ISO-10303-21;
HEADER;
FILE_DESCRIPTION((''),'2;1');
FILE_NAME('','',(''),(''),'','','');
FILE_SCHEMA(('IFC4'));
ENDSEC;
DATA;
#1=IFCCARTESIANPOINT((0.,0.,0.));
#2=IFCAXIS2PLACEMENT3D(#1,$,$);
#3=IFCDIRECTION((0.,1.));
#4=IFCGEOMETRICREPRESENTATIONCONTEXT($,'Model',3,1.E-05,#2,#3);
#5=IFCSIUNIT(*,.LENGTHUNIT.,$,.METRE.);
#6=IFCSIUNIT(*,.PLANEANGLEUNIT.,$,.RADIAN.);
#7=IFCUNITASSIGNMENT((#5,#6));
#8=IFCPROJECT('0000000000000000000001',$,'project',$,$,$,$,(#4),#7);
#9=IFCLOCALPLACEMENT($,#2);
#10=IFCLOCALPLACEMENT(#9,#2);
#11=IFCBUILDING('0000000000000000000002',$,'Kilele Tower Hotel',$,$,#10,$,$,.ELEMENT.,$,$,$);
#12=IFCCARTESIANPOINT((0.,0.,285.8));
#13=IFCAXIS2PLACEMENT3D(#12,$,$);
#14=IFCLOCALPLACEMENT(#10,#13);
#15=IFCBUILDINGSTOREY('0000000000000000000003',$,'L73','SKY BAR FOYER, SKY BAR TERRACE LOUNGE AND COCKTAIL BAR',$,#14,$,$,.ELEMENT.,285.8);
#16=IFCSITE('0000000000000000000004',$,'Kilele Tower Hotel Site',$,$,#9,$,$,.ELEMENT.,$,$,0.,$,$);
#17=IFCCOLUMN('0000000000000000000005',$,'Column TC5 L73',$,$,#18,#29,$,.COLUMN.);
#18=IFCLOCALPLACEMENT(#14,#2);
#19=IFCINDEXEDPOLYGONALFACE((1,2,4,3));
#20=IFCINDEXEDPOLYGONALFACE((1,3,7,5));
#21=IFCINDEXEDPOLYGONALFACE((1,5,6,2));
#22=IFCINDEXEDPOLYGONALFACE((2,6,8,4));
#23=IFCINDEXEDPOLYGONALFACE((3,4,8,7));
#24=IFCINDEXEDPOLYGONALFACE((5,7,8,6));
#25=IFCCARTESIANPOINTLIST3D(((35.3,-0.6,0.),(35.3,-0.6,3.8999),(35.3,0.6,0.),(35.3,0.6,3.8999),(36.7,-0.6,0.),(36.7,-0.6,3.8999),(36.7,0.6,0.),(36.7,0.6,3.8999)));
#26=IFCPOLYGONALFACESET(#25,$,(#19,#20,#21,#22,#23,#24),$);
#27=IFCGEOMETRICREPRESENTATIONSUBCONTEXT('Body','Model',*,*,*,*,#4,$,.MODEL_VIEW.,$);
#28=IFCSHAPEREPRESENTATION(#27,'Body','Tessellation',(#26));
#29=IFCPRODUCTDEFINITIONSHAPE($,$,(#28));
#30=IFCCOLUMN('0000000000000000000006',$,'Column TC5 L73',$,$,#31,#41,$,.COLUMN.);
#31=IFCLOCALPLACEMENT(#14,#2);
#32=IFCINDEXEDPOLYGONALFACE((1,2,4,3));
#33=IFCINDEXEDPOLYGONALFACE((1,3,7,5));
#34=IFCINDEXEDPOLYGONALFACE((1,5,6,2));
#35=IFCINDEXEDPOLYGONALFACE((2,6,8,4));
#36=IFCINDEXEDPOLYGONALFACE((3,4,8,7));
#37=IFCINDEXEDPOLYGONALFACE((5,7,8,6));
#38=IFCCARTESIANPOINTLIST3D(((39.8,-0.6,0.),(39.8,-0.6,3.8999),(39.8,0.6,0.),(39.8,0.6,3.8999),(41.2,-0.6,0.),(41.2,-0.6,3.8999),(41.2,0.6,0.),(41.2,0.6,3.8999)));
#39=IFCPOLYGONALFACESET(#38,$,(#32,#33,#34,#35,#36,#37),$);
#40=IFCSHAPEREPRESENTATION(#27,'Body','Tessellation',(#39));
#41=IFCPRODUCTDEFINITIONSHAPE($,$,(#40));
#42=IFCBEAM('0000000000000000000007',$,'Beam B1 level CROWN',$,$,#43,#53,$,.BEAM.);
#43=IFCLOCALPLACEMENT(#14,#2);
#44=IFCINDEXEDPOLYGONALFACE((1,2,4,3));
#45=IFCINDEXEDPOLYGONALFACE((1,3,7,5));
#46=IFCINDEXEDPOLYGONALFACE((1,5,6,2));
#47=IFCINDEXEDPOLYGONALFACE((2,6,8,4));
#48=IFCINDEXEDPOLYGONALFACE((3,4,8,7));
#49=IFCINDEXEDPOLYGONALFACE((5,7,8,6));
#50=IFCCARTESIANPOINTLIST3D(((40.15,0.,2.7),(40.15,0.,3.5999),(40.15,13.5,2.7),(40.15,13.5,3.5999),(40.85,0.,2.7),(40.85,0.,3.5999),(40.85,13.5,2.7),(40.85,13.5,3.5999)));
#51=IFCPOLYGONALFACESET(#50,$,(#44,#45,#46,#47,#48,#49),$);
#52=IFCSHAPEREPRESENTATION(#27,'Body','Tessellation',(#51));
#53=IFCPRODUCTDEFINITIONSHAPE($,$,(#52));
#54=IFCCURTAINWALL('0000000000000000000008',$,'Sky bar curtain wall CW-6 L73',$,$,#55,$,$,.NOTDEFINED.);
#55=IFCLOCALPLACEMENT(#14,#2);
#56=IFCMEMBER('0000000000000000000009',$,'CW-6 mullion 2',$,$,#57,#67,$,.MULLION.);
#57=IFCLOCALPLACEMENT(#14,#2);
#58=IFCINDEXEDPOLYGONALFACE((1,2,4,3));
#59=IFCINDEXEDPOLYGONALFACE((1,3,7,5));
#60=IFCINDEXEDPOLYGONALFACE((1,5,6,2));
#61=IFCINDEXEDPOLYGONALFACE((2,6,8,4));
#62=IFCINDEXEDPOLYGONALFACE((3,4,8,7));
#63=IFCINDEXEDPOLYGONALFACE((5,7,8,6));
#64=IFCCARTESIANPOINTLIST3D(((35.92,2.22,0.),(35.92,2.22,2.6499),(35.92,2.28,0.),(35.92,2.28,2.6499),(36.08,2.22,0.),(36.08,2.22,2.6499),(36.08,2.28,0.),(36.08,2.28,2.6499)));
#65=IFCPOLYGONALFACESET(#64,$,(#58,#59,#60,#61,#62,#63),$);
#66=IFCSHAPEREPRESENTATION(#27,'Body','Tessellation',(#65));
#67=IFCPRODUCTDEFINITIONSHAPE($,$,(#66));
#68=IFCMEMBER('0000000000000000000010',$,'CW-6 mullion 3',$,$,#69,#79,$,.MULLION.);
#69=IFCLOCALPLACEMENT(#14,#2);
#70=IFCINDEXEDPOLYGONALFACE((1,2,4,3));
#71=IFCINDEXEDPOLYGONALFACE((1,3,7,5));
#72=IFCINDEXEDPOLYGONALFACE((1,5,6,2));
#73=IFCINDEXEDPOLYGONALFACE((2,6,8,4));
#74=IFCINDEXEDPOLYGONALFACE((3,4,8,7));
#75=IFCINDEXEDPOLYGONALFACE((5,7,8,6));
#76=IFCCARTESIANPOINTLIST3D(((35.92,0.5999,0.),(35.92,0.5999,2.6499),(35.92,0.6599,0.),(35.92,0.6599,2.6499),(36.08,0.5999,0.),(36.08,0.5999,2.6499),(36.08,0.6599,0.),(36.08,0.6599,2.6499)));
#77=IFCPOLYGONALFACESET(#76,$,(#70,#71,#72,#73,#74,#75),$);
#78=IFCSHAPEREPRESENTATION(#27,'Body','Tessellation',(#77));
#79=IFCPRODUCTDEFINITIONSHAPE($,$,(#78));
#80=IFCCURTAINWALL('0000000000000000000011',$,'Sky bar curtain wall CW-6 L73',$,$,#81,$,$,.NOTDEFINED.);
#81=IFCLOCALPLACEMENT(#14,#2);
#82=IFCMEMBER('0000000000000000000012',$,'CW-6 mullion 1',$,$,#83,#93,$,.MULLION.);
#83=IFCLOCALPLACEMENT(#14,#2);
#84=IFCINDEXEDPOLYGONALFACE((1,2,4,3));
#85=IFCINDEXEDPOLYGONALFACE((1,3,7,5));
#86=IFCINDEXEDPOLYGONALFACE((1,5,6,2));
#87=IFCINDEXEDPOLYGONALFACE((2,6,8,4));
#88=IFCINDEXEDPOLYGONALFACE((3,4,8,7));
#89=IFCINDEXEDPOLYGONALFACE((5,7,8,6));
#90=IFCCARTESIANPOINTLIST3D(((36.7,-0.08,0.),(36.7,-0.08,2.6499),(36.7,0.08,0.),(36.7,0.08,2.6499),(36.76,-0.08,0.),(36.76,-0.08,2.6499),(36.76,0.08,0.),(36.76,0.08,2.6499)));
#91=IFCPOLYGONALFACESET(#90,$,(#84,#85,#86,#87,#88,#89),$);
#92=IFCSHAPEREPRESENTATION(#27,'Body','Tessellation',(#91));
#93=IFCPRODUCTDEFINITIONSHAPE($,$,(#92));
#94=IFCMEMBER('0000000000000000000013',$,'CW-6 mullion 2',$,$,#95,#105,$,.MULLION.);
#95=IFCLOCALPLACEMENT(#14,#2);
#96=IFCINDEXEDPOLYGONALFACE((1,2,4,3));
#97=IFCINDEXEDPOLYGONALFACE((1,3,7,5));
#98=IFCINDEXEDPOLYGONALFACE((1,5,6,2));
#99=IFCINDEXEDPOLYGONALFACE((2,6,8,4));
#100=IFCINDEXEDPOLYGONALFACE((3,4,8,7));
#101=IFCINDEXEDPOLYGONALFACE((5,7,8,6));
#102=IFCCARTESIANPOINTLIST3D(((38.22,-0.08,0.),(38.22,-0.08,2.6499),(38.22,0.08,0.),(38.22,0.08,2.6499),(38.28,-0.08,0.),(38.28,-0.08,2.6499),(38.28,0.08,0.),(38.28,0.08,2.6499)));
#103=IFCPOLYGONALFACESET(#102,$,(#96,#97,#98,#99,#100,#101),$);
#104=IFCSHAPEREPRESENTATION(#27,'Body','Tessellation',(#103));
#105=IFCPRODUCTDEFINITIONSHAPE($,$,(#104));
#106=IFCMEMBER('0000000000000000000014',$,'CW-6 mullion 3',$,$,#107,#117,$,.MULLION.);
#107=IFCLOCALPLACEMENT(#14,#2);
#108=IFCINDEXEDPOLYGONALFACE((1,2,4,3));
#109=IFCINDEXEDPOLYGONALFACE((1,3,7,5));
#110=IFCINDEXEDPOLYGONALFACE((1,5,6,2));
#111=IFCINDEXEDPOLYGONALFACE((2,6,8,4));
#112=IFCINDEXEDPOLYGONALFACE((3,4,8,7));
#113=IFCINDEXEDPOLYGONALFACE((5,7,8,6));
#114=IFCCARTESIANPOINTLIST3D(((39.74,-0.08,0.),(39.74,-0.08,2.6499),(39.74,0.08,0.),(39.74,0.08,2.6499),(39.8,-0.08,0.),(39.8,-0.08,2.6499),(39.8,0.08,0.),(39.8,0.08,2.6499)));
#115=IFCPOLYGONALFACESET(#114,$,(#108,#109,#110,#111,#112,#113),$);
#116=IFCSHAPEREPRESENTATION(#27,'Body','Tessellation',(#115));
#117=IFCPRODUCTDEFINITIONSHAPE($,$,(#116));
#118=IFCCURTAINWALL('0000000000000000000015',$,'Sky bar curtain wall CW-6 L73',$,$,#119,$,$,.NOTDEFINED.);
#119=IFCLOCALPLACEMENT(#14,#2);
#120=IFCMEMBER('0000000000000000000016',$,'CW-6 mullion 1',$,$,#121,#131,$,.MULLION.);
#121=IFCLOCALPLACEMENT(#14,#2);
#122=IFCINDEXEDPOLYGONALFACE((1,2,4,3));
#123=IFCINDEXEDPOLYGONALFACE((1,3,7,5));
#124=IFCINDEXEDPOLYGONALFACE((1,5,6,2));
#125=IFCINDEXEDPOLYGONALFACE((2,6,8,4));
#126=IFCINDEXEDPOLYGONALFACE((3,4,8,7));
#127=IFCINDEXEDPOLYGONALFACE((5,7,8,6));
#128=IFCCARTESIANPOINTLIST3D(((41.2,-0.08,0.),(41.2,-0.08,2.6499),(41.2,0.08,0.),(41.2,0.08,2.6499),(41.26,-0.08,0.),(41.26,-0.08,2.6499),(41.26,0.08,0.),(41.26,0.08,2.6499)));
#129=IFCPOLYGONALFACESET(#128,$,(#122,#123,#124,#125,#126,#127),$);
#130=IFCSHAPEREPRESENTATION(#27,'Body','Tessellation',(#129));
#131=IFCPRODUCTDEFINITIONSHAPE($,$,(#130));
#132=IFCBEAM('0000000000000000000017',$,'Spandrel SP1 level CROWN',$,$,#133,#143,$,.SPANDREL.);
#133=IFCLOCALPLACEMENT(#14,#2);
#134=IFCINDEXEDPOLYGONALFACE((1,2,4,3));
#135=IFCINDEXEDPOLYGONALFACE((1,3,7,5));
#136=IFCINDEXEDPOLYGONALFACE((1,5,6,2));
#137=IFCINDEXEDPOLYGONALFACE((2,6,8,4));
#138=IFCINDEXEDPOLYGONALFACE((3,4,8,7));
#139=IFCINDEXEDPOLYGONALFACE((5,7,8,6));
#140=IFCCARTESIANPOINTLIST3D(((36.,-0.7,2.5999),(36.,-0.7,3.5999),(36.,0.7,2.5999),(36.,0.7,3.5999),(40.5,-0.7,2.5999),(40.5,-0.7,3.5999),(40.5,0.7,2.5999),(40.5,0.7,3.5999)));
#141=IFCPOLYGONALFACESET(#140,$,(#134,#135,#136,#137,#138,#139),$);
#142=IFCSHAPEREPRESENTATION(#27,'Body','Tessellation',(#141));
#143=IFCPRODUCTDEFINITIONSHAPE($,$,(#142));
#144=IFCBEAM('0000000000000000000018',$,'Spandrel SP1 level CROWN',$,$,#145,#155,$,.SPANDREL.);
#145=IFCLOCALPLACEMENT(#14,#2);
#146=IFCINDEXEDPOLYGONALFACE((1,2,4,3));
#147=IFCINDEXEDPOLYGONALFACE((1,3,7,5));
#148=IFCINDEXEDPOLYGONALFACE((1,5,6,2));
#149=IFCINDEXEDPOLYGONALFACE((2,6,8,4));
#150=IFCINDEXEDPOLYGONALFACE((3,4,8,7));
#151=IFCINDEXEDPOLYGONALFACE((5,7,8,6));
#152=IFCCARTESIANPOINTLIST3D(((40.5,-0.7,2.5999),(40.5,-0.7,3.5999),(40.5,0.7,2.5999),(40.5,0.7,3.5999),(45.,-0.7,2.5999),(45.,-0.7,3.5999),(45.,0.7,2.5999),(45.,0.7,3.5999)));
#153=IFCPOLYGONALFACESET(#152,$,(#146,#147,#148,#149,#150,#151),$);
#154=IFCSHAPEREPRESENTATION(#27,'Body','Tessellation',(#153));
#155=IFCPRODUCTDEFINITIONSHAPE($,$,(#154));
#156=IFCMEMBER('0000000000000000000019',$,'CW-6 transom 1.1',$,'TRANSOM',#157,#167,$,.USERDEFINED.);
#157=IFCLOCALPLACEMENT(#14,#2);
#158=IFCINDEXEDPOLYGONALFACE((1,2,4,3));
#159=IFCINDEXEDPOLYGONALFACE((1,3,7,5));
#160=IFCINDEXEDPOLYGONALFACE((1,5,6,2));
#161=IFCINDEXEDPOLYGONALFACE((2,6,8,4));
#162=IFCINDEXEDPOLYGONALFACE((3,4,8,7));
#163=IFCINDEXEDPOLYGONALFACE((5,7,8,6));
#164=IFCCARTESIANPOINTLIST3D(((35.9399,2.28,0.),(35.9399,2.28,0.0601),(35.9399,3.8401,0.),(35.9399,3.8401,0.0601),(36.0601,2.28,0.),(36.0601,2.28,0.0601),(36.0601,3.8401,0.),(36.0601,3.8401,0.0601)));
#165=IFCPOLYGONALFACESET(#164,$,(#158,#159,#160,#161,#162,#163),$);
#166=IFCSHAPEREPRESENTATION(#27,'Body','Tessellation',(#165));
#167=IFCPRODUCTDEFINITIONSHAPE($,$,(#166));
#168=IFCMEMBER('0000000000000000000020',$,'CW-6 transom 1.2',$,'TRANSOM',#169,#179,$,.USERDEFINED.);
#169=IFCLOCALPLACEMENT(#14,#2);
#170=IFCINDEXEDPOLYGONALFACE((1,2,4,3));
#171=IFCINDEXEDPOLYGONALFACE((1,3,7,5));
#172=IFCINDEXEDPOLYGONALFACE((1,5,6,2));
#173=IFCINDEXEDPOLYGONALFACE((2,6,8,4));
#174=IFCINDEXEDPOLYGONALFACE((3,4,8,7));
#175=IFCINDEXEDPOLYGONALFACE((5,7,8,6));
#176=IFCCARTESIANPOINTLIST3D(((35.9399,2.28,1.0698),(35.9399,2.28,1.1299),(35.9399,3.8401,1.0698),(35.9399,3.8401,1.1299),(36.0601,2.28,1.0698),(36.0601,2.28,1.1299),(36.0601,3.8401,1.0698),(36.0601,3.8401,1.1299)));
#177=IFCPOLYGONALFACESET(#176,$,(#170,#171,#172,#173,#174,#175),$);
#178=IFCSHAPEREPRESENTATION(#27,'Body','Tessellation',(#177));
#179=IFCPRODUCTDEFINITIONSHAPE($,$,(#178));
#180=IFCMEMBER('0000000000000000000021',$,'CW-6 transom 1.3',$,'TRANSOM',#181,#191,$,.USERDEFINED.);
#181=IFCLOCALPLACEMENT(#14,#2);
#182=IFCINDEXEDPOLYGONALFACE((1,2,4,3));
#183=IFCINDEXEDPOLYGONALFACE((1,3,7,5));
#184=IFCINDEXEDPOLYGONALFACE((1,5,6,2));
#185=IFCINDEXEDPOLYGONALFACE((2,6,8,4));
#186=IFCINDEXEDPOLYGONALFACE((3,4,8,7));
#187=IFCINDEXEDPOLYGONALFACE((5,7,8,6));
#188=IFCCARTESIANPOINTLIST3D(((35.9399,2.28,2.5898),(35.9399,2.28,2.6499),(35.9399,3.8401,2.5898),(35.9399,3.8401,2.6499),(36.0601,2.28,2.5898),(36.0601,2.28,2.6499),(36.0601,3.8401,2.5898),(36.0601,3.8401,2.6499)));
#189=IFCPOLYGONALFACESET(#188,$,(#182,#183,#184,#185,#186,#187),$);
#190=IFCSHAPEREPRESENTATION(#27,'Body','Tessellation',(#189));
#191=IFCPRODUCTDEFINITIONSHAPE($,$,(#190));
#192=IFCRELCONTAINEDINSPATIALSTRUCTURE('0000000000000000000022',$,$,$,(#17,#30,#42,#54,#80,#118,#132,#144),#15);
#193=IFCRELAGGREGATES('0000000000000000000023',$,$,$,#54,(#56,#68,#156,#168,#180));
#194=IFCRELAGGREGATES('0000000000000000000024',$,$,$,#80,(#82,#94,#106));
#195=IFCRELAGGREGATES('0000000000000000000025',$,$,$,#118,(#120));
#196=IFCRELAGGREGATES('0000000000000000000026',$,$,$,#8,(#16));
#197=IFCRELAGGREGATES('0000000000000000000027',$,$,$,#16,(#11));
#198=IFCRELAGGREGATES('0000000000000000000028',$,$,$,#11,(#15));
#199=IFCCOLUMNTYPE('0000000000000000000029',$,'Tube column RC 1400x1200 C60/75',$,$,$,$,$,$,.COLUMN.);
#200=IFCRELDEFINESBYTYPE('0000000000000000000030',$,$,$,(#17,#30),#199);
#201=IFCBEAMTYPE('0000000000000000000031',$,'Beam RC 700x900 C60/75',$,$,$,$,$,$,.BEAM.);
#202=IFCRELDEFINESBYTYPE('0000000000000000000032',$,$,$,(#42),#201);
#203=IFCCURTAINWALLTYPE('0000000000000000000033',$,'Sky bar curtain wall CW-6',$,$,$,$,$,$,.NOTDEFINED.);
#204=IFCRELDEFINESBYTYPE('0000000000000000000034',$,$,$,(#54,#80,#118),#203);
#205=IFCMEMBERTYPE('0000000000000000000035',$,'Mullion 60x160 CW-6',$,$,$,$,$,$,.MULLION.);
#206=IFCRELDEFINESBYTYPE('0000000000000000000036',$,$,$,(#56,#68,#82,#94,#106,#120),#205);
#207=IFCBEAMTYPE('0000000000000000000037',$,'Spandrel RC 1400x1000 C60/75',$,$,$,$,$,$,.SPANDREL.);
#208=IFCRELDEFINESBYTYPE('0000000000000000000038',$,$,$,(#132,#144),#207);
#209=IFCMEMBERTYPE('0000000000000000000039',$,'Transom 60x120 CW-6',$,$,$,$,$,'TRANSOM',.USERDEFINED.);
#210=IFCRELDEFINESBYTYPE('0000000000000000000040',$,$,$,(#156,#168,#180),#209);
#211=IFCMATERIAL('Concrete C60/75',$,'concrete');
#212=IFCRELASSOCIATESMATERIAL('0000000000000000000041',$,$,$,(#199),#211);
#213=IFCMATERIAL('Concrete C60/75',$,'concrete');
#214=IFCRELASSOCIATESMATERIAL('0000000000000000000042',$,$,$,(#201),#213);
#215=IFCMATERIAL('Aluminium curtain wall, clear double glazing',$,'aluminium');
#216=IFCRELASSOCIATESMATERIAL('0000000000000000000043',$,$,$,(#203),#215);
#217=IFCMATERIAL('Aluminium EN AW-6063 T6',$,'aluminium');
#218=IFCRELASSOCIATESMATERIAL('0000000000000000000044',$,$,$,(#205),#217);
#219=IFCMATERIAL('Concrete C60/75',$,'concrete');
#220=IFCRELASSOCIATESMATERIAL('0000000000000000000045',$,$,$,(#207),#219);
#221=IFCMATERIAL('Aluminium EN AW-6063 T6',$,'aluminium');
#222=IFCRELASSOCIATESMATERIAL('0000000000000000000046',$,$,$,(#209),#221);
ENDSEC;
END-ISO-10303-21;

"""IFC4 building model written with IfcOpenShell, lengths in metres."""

from ifc_helpers import new_model, si_unit, direction, frame, origin, origin_2d, place, context, subcontext, project, spatial, rectangle, extrude, material, material_profile, profile_set, type_object, element, aggregate, save


model = new_model("IFC4")

# Units and contexts
model_context = context("Model", 3, precision=1e-05, world=origin(), true_north=direction((0.0, 1.0)))
body_context = subcontext(model_context, "Body", "Model", "MODEL_VIEW")
ifc_project = project(units=[si_unit("LENGTHUNIT", "METRE"), si_unit("PLANEANGLEUNIT", "RADIAN")], contexts=[model_context])

# Site, building, storey
site_placement = place(None, origin())
site = spatial("IfcSite", under=ifc_project, at=site_placement, Name="Kilele Tower Hotel Site", CompositionType="ELEMENT", RefElevation=0.0)
building_placement = place(site_placement, origin())
building = spatial("IfcBuilding", under=site, at=building_placement, Name="Kilele Tower Hotel", CompositionType="ELEMENT")
storey_placement = place(building_placement, frame((0.0, 0.0, 285.8)))
storey = spatial("IfcBuildingStorey", under=building, at=storey_placement, Name="L73", Description="SKY BAR FOYER, SKY BAR TERRACE LOUNGE AND COCKTAIL BAR", CompositionType="ELEMENT", Elevation=285.8)

# Columns
ifc_material_1 = material(Name="Concrete C60/75", Category="concrete")
ifc_material_profile_1 = material_profile(ifc_material_1, rectangle(XDim=1.3999, YDim=1.2, at=origin_2d()))
ifc_profile_set_1 = profile_set([ifc_material_profile_1], Name="Concrete C60/75")
column_type = type_object("IfcColumnType", Name="Tube column RC 1400x1200 C60/75", PredefinedType="COLUMN", material=ifc_profile_set_1)
for number, where, z_axis, x_axis, name in (
    (1, (36.0, 0.0, 0.0), (0.0, 0.0, 1.0), (1.0, 0.0, 0.0), "Column TC5 L73"),
    (2, (40.5, 0.0, 0.0), (0.0, 0.0, 1.0), (1.0, 0.0, 0.0), "Column TC5 L73"),
):
    element("IfcColumn", number, at=place(storey_placement, frame(where, z_axis=z_axis, x_axis=x_axis)), inside=storey, type_object=column_type, Name=name, PredefinedType="COLUMN", context=body_context, shape_type="SweptSolid", body=[
        extrude(rectangle(XDim=1.3999, YDim=1.2, at=origin_2d()), origin(), (0.0, 0.0, 1.0), 3.8999),
    ])

# Beam
ifc_material_2 = material(Name="Concrete C60/75", Category="concrete")
ifc_material_profile_2 = material_profile(ifc_material_2, rectangle(XDim=0.7, YDim=0.8999, at=origin_2d()))
ifc_profile_set_2 = profile_set([ifc_material_profile_2], Name="Concrete C60/75")
beam_type_1 = type_object("IfcBeamType", Name="Beam RC 700x900 C60/75", PredefinedType="BEAM", material=ifc_profile_set_2)
beam_placement = place(storey_placement, frame((40.5, 0.0, 3.1499), z_axis=(0.0, 1.0, 0.0), x_axis=(-1.0, 0.0, 0.0)))
element("IfcBeam", 3, at=beam_placement, inside=storey, type_object=beam_type_1, Name="Beam B1 level CROWN", PredefinedType="BEAM", context=body_context, shape_type="SweptSolid", body=[
    extrude(rectangle(XDim=0.7, YDim=0.8999, at=origin_2d()), origin(), (0.0, 0.0, 1.0), 13.5),
])

# Curtain walls, members
ifc_material_3 = material(Name="Aluminium curtain wall, clear double glazing", Category="aluminium")
curtain_wall_type = type_object("IfcCurtainWallType", Name="Sky bar curtain wall CW-6", PredefinedType="NOTDEFINED", material=ifc_material_3)
curtain_wall_1_placement = place(storey_placement, origin())
curtain_wall_1 = element("IfcCurtainWall", 4, at=curtain_wall_1_placement, inside=storey, type_object=curtain_wall_type, Name="Sky bar curtain wall CW-6 L73", PredefinedType="NOTDEFINED")
ifc_material_4 = material(Name="Aluminium EN AW-6063 T6", Category="aluminium")
ifc_material_profile_3 = material_profile(ifc_material_4, rectangle(XDim=0.1599, YDim=0.0601, at=origin_2d()))
ifc_profile_set_3 = profile_set([ifc_material_profile_3], Name="Aluminium EN AW-6063 T6")
member_type_1 = type_object("IfcMemberType", Name="Mullion 60x160 CW-6", PredefinedType="MULLION", material=ifc_profile_set_3)
member_1_placement = place(storey_placement, frame((36.0, 2.25, 0.0), z_axis=(0.0, 0.0, 1.0), x_axis=(1.0, 0.0, 0.0)))
member_1 = element("IfcMember", 5, at=member_1_placement, type_object=member_type_1, Name="CW-6 mullion 2", PredefinedType="MULLION", context=body_context, shape_type="SweptSolid", body=[
    extrude(rectangle(XDim=0.1599, YDim=0.0601, at=origin_2d()), origin(), (0.0, 0.0, 1.0), 2.6499),
])
member_2_placement = place(storey_placement, frame((36.0, 0.6299, 0.0), z_axis=(0.0, 0.0, 1.0), x_axis=(1.0, 0.0, 0.0)))
member_2 = element("IfcMember", 6, at=member_2_placement, type_object=member_type_1, Name="CW-6 mullion 3", PredefinedType="MULLION", context=body_context, shape_type="SweptSolid", body=[
    extrude(rectangle(XDim=0.1599, YDim=0.0601, at=origin_2d()), origin(), (0.0, 0.0, 1.0), 2.6499),
])
curtain_wall_2_placement = place(storey_placement, origin())
curtain_wall_2 = element("IfcCurtainWall", 7, at=curtain_wall_2_placement, inside=storey, type_object=curtain_wall_type, Name="Sky bar curtain wall CW-6 L73", PredefinedType="NOTDEFINED")
member_3_placement = place(storey_placement, frame((36.73, 0.0, 0.0), z_axis=(0.0, 0.0, 1.0), x_axis=(0.0, 1.0, 0.0)))
member_3 = element("IfcMember", 8, at=member_3_placement, type_object=member_type_1, Name="CW-6 mullion 1", PredefinedType="MULLION", context=body_context, shape_type="SweptSolid", body=[
    extrude(rectangle(XDim=0.1599, YDim=0.0601, at=origin_2d()), origin(), (0.0, 0.0, 1.0), 2.6499),
])
member_4_placement = place(storey_placement, frame((38.25, 0.0, 0.0), z_axis=(0.0, 0.0, 1.0), x_axis=(0.0, 1.0, 0.0)))
member_4 = element("IfcMember", 9, at=member_4_placement, type_object=member_type_1, Name="CW-6 mullion 2", PredefinedType="MULLION", context=body_context, shape_type="SweptSolid", body=[
    extrude(rectangle(XDim=0.1599, YDim=0.0601, at=origin_2d()), origin(), (0.0, 0.0, 1.0), 2.6499),
])
member_5_placement = place(storey_placement, frame((39.77, 0.0, 0.0), z_axis=(0.0, 0.0, 1.0), x_axis=(0.0, 1.0, 0.0)))
member_5 = element("IfcMember", 10, at=member_5_placement, type_object=member_type_1, Name="CW-6 mullion 3", PredefinedType="MULLION", context=body_context, shape_type="SweptSolid", body=[
    extrude(rectangle(XDim=0.1599, YDim=0.0601, at=origin_2d()), origin(), (0.0, 0.0, 1.0), 2.6499),
])

# Curtain wall, member
curtain_wall_3_placement = place(storey_placement, origin())
curtain_wall_3 = element("IfcCurtainWall", 11, at=curtain_wall_3_placement, inside=storey, type_object=curtain_wall_type, Name="Sky bar curtain wall CW-6 L73", PredefinedType="NOTDEFINED")
member_6_placement = place(storey_placement, frame((41.23, 0.0, 0.0), z_axis=(0.0, 0.0, 1.0), x_axis=(0.0, 1.0, 0.0)))
member_6 = element("IfcMember", 12, at=member_6_placement, type_object=member_type_1, Name="CW-6 mullion 1", PredefinedType="MULLION", context=body_context, shape_type="SweptSolid", body=[
    extrude(rectangle(XDim=0.1599, YDim=0.0601, at=origin_2d()), origin(), (0.0, 0.0, 1.0), 2.6499),
])

# Beams
ifc_material_5 = material(Name="Concrete C60/75", Category="concrete")
ifc_material_profile_4 = material_profile(ifc_material_5, rectangle(XDim=1.3999, YDim=1.0, at=origin_2d()))
ifc_profile_set_4 = profile_set([ifc_material_profile_4], Name="Concrete C60/75")
beam_type_2 = type_object("IfcBeamType", Name="Spandrel RC 1400x1000 C60/75", PredefinedType="SPANDREL", material=ifc_profile_set_4)
for number, where, z_axis, x_axis, name in (
    (13, (36.0, 0.0, 3.0999), (1.0, 0.0, 0.0), (0.0, 1.0, 0.0), "Spandrel SP1 level CROWN"),
    (14, (40.5, 0.0, 3.0999), (1.0, 0.0, 0.0), (0.0, 1.0, 0.0), "Spandrel SP1 level CROWN"),
):
    element("IfcBeam", number, at=place(storey_placement, frame(where, z_axis=z_axis, x_axis=x_axis)), inside=storey, type_object=beam_type_2, Name=name, PredefinedType="SPANDREL", context=body_context, shape_type="SweptSolid", body=[
        extrude(rectangle(XDim=1.3999, YDim=1.0, at=origin_2d()), origin(), (0.0, 0.0, 1.0), 4.5),
    ])

# Members
ifc_material_6 = material(Name="Aluminium EN AW-6063 T6", Category="aluminium")
ifc_material_profile_5 = material_profile(ifc_material_6, rectangle(XDim=0.1201, YDim=0.0601, at=origin_2d()))
ifc_profile_set_5 = profile_set([ifc_material_profile_5], Name="Aluminium EN AW-6063 T6")
member_type_2 = type_object("IfcMemberType", Name="Transom 60x120 CW-6", ElementType="TRANSOM", PredefinedType="USERDEFINED", material=ifc_profile_set_5)
member_7_placement = place(storey_placement, frame((36.0, 3.8401, 0.03), z_axis=(0.0, -1.0, 0.0), x_axis=(1.0, 0.0, 0.0)))
member_7 = element("IfcMember", 15, at=member_7_placement, type_object=member_type_2, Name="CW-6 transom 1.1", ObjectType="TRANSOM", PredefinedType="USERDEFINED", context=body_context, shape_type="SweptSolid", body=[
    extrude(rectangle(XDim=0.1201, YDim=0.0601, at=origin_2d()), origin(), (0.0, 0.0, 1.0), 1.5601),
])
member_8_placement = place(storey_placement, frame((36.0, 3.8401, 1.0999), z_axis=(0.0, -1.0, 0.0), x_axis=(1.0, 0.0, 0.0)))
member_8 = element("IfcMember", 16, at=member_8_placement, type_object=member_type_2, Name="CW-6 transom 1.2", ObjectType="TRANSOM", PredefinedType="USERDEFINED", context=body_context, shape_type="SweptSolid", body=[
    extrude(rectangle(XDim=0.1201, YDim=0.0601, at=origin_2d()), origin(), (0.0, 0.0, 1.0), 1.5601),
])
member_9_placement = place(storey_placement, frame((36.0, 3.8401, 2.6199), z_axis=(0.0, -1.0, 0.0), x_axis=(1.0, 0.0, 0.0)))
member_9 = element("IfcMember", 17, at=member_9_placement, type_object=member_type_2, Name="CW-6 transom 1.3", ObjectType="TRANSOM", PredefinedType="USERDEFINED", context=body_context, shape_type="SweptSolid", body=[
    extrude(rectangle(XDim=0.1201, YDim=0.0601, at=origin_2d()), origin(), (0.0, 0.0, 1.0), 1.5601),
])

aggregate(curtain_wall_1, [member_1, member_2, member_7, member_8, member_9])
aggregate(curtain_wall_2, [member_3, member_4, member_5])
aggregate(curtain_wall_3, [member_6])

save(model, "model.ifc")
